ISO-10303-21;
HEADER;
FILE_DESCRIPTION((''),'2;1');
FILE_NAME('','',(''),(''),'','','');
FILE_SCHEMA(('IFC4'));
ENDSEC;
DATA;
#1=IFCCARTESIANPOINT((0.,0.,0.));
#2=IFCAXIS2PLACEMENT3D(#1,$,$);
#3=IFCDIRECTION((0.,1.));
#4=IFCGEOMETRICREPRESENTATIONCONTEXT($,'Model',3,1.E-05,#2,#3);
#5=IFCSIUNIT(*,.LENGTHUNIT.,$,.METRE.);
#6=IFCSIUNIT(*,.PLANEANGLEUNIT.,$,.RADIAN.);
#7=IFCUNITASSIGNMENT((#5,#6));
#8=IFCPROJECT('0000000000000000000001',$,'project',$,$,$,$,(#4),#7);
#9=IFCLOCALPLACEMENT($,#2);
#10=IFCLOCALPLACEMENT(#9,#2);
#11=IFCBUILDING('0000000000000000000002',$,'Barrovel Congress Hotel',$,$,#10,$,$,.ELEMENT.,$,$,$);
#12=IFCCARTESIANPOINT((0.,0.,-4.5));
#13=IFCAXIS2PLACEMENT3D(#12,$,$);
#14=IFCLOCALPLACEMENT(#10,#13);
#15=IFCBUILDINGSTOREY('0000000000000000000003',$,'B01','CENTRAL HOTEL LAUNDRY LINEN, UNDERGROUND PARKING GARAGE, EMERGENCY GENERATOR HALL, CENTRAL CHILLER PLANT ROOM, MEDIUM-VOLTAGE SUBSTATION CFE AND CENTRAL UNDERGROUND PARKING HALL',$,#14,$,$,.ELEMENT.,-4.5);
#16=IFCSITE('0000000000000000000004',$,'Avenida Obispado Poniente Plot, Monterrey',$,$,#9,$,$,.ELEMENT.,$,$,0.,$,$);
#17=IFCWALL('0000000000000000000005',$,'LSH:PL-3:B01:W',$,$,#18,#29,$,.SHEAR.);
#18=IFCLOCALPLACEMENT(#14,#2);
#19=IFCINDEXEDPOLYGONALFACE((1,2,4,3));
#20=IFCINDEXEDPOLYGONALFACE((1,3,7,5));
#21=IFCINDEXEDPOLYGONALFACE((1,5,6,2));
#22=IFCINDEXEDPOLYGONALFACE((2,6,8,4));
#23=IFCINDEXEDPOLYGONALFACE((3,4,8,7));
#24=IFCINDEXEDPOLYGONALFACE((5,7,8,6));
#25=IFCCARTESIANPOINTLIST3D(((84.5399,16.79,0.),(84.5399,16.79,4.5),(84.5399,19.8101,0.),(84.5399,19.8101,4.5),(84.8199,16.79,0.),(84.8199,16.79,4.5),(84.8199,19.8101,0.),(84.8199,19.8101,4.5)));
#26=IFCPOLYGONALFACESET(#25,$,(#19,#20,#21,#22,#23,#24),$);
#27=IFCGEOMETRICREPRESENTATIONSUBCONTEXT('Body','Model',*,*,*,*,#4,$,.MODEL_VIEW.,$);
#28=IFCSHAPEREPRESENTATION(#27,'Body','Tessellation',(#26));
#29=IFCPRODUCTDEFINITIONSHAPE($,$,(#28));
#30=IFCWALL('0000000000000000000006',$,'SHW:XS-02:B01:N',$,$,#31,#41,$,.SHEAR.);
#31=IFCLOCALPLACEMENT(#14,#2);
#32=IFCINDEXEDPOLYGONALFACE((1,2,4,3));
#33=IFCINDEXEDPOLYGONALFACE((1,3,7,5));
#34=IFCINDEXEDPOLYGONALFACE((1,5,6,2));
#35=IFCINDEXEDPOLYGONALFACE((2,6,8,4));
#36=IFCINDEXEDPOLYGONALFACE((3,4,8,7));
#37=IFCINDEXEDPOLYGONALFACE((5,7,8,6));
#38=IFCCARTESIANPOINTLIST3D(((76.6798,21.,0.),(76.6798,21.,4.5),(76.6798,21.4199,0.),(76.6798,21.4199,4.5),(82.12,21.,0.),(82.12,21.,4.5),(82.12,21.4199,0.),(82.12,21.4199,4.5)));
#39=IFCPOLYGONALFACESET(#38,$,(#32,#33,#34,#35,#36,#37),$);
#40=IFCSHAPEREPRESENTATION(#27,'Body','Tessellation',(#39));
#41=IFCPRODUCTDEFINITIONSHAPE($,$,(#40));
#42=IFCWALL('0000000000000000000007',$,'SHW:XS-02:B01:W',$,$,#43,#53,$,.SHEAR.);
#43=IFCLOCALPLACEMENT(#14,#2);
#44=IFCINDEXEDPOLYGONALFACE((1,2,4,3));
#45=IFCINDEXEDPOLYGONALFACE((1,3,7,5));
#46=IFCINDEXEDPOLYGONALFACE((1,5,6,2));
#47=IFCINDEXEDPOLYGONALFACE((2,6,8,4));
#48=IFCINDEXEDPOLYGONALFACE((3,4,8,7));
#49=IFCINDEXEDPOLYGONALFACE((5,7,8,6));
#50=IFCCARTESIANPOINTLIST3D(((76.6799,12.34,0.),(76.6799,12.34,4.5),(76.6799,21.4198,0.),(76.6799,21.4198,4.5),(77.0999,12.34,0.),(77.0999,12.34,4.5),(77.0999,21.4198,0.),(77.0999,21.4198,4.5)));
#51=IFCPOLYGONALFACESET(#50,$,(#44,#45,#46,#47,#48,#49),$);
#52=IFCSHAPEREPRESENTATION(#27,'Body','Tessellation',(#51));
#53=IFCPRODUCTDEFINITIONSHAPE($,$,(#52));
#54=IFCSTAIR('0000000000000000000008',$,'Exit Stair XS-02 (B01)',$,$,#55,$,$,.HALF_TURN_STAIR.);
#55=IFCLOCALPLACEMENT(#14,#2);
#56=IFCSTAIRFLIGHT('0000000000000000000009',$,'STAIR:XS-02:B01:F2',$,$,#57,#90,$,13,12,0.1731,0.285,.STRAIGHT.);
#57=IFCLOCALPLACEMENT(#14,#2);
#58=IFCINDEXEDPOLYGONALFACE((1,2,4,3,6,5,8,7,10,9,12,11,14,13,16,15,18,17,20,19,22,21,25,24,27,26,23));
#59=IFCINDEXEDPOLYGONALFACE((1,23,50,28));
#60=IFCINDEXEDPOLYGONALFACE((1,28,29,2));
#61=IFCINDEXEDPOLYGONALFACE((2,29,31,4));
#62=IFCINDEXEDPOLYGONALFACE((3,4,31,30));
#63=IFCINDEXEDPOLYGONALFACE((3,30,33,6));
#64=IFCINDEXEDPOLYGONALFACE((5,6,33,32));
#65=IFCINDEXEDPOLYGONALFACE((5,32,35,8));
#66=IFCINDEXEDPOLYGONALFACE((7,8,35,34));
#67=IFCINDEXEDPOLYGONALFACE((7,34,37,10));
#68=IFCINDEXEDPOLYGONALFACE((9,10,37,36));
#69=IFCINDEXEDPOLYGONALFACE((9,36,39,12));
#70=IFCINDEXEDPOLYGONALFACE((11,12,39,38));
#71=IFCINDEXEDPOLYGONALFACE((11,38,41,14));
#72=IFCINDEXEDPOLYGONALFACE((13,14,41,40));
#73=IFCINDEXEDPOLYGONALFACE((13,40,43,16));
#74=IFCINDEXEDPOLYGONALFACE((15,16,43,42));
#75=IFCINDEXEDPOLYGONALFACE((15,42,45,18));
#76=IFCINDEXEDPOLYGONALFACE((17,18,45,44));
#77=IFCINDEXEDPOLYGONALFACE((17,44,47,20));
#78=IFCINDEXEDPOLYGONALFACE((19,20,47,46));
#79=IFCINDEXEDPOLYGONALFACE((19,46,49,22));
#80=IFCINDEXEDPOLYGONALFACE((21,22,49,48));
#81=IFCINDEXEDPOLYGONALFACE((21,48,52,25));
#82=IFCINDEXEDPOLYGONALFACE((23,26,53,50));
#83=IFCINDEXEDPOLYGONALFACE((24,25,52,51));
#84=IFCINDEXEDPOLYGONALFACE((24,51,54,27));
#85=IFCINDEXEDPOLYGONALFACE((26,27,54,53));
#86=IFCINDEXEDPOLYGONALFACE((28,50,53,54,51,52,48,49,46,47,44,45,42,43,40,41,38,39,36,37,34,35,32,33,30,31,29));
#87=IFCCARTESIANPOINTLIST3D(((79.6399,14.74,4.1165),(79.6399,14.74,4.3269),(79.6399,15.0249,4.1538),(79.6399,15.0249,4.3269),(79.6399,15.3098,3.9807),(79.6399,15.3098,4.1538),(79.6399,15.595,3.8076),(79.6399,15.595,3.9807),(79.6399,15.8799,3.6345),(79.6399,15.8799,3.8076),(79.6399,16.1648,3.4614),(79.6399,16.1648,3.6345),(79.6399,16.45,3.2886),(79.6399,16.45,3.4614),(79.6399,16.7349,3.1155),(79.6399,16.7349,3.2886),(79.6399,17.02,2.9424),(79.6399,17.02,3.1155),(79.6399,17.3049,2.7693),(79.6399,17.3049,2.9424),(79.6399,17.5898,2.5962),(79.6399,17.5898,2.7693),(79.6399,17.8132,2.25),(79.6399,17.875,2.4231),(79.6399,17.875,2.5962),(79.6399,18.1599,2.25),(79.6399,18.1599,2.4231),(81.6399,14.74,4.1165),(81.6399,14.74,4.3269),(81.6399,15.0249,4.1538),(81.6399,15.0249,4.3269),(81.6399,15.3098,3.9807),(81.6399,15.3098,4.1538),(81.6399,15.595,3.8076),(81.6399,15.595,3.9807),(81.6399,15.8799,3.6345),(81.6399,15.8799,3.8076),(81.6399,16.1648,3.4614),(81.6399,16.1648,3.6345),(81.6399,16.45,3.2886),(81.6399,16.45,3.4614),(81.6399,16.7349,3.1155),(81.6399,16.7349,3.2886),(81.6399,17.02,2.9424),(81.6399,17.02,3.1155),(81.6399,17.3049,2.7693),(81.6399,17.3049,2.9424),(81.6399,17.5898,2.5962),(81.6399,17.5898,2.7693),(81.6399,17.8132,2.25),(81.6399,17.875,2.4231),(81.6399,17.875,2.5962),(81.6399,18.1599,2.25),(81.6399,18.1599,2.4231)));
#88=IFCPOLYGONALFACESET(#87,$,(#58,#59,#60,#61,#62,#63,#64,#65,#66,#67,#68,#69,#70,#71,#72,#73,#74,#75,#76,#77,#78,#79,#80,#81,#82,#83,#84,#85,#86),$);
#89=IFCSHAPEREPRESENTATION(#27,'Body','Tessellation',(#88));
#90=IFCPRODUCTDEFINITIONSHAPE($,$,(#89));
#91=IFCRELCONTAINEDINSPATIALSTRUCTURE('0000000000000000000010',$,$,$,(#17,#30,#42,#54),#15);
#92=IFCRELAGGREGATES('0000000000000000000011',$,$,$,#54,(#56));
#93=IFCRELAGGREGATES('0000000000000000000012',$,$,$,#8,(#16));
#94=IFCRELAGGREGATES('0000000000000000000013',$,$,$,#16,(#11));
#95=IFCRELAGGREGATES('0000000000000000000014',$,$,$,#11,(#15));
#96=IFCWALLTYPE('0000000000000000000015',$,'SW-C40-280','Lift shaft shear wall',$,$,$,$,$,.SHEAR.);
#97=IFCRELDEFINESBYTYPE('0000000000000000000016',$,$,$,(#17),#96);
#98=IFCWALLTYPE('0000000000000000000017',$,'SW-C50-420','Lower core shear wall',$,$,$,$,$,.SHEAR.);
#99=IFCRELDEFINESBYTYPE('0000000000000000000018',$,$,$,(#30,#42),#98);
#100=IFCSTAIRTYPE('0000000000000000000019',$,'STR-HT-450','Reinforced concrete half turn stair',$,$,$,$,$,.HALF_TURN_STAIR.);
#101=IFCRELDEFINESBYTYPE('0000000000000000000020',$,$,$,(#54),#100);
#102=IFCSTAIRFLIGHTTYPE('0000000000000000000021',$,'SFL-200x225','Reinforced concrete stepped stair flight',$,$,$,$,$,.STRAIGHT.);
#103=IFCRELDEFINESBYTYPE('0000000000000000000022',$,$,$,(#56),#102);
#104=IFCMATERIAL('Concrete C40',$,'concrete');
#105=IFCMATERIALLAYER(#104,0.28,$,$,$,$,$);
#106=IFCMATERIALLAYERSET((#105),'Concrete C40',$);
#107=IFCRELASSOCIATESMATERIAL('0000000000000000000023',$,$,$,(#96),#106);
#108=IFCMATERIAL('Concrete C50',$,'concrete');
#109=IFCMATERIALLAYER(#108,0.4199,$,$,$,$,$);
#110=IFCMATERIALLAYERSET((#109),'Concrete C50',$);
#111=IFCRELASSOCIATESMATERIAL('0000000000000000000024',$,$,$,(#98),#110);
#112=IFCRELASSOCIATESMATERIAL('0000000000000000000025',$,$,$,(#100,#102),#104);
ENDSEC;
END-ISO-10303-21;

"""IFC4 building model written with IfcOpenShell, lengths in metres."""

from ifc_helpers import new_model, si_unit, direction, frame, frame_2d, origin, place, context, subcontext, project, spatial, polyline, rectangle, outline, extrude, material, layer, layer_set, type_object, element, aggregate, save


model = new_model("IFC4")

# Units and contexts
model_context = context("Model", 3, precision=1e-05, world=origin(), true_north=direction((0.0, 1.0)))
body_context = subcontext(model_context, "Body", "Model", "MODEL_VIEW")
ifc_project = project(units=[si_unit("LENGTHUNIT", "METRE"), si_unit("PLANEANGLEUNIT", "RADIAN")], contexts=[model_context])

# Site, building, storey
site_placement = place(None, origin())
site = spatial("IfcSite", under=ifc_project, at=site_placement, Name="Avenida Obispado Poniente Plot, Monterrey", CompositionType="ELEMENT", RefElevation=0.0)
building_placement = place(site_placement, origin())
building = spatial("IfcBuilding", under=site, at=building_placement, Name="Barrovel Congress Hotel", CompositionType="ELEMENT")
storey_placement = place(building_placement, frame((0.0, 0.0, -4.5)))
storey = spatial("IfcBuildingStorey", under=building, at=storey_placement, Name="B01", Description="CENTRAL HOTEL LAUNDRY LINEN, UNDERGROUND PARKING GARAGE, EMERGENCY GENERATOR HALL, CENTRAL CHILLER PLANT ROOM, MEDIUM-VOLTAGE SUBSTATION CFE AND CENTRAL UNDERGROUND PARKING HALL", CompositionType="ELEMENT", Elevation=-4.5)

# Shared definitions
ifc_material_1 = material(Name="Concrete C40", Category="concrete")

# Shared definitions
ifc_material_2 = material(Name="Concrete C50", Category="concrete")

# Shared definitions
ifc_layer_1 = layer(ifc_material_1, 0.28)
ifc_layer_set_1 = layer_set([ifc_layer_1], Name="Concrete C40")
wall_type_1 = type_object("IfcWallType", Name="SW-C40-280", Description="Lift shaft shear wall", PredefinedType="SHEAR", material=ifc_layer_set_1)

# Walls
wall_1_placement = place(storey_placement, frame((84.6799, 19.8101, 0.0), z_axis=(0.0, 0.0, 1.0), x_axis=(0.0, -1.0, 0.0)))
element("IfcWall", 1, at=wall_1_placement, inside=storey, type_object=wall_type_1, Name="LSH:PL-3:B01:W", PredefinedType="SHEAR", context=body_context, shape_type="SweptSolid", body=[
    extrude(rectangle(XDim=3.02, YDim=0.28, at=frame_2d((1.51, 0.0))), origin(), (0.0, 0.0, 1.0), 4.5),
])
ifc_layer_2 = layer(ifc_material_2, 0.4199)
ifc_layer_set_2 = layer_set([ifc_layer_2], Name="Concrete C50")
wall_type_2 = type_object("IfcWallType", Name="SW-C50-420", Description="Lower core shear wall", PredefinedType="SHEAR", material=ifc_layer_set_2)
wall_2_placement = place(storey_placement, frame((82.1201, 21.21, 0.0), z_axis=(0.0, 0.0, 1.0), x_axis=(-1.0, 0.0, 0.0)))
element("IfcWall", 2, at=wall_2_placement, inside=storey, type_object=wall_type_2, Name="SHW:XS-02:B01:N", PredefinedType="SHEAR", context=body_context, shape_type="SweptSolid", body=[
    extrude(rectangle(XDim=5.4402, YDim=0.4199, at=frame_2d((2.7202, 0.0))), origin(), (0.0, 0.0, 1.0), 4.5),
])
wall_3_placement = place(storey_placement, frame((76.8899, 21.4199, 0.0), z_axis=(0.0, 0.0, 1.0), x_axis=(0.0, -1.0, 0.0)))
element("IfcWall", 3, at=wall_3_placement, inside=storey, type_object=wall_type_2, Name="SHW:XS-02:B01:W", PredefinedType="SHEAR", context=body_context, shape_type="SweptSolid", body=[
    extrude(rectangle(XDim=9.0798, YDim=0.4199, at=frame_2d((4.54, 0.0))), origin(), (0.0, 0.0, 1.0), 4.5),
])

# Stair, stair flight
stair_type = type_object("IfcStairType", Name="STR-HT-450", Description="Reinforced concrete half turn stair", PredefinedType="HALF_TURN_STAIR", material=ifc_material_1)
stair_placement = place(storey_placement, origin())
stair = element("IfcStair", 4, at=stair_placement, inside=storey, type_object=stair_type, Name="Exit Stair XS-02 (B01)", PredefinedType="HALF_TURN_STAIR")
stair_flight_type = type_object("IfcStairFlightType", Name="SFL-200x225", Description="Reinforced concrete stepped stair flight", PredefinedType="STRAIGHT", material=ifc_material_1)
stair_flight_placement = place(storey_placement, frame((80.6399, 18.1599, 2.25), z_axis=(0.0, 0.0, 1.0), x_axis=(0.0, -1.0, 0.0)))
stair_flight = element("IfcStairFlight", 5, at=stair_flight_placement, type_object=stair_flight_type, Name="STAIR:XS-02:B01:F2", NumberOfRisers=13, NumberOfTreads=12, PredefinedType="STRAIGHT", RiserHeight=0.1731, TreadLength=0.285, context=body_context, shape_type="SweptSolid", body=[
    extrude(outline(polyline([(0.0, 0.0), (0.0, 0.1731), (0.2849, 0.1731), (0.2849, 0.3462), (0.5701, 0.3462), (0.5701, 0.5193), (0.855, 0.5193), (0.855, 0.6924), (1.1399, 0.6924), (1.1399, 0.8655), (1.425, 0.8655), (1.425, 1.0386), (1.71, 1.0386), (1.71, 1.2114), (1.9951, 1.2114), (1.9951, 1.3845), (2.28, 1.3845), (2.28, 1.5576), (2.5649, 1.5576), (2.5649, 1.7307), (2.8501, 1.7307), (2.8501, 1.9038), (3.135, 1.9038), (3.135, 2.0769), (3.4199, 2.0769), (3.4199, 2.25), (3.4199, 1.8665), (0.3467, 0.0), (0.0, 0.0)])), frame((0.0, 1.0, 0.0), z_axis=(0.0, -1.0, 0.0), x_axis=(1.0, 0.0, 0.0)), (0.0, 0.0, 1.0), 2.0),
])
aggregate(stair, [stair_flight])

save(model, "model.ifc")
